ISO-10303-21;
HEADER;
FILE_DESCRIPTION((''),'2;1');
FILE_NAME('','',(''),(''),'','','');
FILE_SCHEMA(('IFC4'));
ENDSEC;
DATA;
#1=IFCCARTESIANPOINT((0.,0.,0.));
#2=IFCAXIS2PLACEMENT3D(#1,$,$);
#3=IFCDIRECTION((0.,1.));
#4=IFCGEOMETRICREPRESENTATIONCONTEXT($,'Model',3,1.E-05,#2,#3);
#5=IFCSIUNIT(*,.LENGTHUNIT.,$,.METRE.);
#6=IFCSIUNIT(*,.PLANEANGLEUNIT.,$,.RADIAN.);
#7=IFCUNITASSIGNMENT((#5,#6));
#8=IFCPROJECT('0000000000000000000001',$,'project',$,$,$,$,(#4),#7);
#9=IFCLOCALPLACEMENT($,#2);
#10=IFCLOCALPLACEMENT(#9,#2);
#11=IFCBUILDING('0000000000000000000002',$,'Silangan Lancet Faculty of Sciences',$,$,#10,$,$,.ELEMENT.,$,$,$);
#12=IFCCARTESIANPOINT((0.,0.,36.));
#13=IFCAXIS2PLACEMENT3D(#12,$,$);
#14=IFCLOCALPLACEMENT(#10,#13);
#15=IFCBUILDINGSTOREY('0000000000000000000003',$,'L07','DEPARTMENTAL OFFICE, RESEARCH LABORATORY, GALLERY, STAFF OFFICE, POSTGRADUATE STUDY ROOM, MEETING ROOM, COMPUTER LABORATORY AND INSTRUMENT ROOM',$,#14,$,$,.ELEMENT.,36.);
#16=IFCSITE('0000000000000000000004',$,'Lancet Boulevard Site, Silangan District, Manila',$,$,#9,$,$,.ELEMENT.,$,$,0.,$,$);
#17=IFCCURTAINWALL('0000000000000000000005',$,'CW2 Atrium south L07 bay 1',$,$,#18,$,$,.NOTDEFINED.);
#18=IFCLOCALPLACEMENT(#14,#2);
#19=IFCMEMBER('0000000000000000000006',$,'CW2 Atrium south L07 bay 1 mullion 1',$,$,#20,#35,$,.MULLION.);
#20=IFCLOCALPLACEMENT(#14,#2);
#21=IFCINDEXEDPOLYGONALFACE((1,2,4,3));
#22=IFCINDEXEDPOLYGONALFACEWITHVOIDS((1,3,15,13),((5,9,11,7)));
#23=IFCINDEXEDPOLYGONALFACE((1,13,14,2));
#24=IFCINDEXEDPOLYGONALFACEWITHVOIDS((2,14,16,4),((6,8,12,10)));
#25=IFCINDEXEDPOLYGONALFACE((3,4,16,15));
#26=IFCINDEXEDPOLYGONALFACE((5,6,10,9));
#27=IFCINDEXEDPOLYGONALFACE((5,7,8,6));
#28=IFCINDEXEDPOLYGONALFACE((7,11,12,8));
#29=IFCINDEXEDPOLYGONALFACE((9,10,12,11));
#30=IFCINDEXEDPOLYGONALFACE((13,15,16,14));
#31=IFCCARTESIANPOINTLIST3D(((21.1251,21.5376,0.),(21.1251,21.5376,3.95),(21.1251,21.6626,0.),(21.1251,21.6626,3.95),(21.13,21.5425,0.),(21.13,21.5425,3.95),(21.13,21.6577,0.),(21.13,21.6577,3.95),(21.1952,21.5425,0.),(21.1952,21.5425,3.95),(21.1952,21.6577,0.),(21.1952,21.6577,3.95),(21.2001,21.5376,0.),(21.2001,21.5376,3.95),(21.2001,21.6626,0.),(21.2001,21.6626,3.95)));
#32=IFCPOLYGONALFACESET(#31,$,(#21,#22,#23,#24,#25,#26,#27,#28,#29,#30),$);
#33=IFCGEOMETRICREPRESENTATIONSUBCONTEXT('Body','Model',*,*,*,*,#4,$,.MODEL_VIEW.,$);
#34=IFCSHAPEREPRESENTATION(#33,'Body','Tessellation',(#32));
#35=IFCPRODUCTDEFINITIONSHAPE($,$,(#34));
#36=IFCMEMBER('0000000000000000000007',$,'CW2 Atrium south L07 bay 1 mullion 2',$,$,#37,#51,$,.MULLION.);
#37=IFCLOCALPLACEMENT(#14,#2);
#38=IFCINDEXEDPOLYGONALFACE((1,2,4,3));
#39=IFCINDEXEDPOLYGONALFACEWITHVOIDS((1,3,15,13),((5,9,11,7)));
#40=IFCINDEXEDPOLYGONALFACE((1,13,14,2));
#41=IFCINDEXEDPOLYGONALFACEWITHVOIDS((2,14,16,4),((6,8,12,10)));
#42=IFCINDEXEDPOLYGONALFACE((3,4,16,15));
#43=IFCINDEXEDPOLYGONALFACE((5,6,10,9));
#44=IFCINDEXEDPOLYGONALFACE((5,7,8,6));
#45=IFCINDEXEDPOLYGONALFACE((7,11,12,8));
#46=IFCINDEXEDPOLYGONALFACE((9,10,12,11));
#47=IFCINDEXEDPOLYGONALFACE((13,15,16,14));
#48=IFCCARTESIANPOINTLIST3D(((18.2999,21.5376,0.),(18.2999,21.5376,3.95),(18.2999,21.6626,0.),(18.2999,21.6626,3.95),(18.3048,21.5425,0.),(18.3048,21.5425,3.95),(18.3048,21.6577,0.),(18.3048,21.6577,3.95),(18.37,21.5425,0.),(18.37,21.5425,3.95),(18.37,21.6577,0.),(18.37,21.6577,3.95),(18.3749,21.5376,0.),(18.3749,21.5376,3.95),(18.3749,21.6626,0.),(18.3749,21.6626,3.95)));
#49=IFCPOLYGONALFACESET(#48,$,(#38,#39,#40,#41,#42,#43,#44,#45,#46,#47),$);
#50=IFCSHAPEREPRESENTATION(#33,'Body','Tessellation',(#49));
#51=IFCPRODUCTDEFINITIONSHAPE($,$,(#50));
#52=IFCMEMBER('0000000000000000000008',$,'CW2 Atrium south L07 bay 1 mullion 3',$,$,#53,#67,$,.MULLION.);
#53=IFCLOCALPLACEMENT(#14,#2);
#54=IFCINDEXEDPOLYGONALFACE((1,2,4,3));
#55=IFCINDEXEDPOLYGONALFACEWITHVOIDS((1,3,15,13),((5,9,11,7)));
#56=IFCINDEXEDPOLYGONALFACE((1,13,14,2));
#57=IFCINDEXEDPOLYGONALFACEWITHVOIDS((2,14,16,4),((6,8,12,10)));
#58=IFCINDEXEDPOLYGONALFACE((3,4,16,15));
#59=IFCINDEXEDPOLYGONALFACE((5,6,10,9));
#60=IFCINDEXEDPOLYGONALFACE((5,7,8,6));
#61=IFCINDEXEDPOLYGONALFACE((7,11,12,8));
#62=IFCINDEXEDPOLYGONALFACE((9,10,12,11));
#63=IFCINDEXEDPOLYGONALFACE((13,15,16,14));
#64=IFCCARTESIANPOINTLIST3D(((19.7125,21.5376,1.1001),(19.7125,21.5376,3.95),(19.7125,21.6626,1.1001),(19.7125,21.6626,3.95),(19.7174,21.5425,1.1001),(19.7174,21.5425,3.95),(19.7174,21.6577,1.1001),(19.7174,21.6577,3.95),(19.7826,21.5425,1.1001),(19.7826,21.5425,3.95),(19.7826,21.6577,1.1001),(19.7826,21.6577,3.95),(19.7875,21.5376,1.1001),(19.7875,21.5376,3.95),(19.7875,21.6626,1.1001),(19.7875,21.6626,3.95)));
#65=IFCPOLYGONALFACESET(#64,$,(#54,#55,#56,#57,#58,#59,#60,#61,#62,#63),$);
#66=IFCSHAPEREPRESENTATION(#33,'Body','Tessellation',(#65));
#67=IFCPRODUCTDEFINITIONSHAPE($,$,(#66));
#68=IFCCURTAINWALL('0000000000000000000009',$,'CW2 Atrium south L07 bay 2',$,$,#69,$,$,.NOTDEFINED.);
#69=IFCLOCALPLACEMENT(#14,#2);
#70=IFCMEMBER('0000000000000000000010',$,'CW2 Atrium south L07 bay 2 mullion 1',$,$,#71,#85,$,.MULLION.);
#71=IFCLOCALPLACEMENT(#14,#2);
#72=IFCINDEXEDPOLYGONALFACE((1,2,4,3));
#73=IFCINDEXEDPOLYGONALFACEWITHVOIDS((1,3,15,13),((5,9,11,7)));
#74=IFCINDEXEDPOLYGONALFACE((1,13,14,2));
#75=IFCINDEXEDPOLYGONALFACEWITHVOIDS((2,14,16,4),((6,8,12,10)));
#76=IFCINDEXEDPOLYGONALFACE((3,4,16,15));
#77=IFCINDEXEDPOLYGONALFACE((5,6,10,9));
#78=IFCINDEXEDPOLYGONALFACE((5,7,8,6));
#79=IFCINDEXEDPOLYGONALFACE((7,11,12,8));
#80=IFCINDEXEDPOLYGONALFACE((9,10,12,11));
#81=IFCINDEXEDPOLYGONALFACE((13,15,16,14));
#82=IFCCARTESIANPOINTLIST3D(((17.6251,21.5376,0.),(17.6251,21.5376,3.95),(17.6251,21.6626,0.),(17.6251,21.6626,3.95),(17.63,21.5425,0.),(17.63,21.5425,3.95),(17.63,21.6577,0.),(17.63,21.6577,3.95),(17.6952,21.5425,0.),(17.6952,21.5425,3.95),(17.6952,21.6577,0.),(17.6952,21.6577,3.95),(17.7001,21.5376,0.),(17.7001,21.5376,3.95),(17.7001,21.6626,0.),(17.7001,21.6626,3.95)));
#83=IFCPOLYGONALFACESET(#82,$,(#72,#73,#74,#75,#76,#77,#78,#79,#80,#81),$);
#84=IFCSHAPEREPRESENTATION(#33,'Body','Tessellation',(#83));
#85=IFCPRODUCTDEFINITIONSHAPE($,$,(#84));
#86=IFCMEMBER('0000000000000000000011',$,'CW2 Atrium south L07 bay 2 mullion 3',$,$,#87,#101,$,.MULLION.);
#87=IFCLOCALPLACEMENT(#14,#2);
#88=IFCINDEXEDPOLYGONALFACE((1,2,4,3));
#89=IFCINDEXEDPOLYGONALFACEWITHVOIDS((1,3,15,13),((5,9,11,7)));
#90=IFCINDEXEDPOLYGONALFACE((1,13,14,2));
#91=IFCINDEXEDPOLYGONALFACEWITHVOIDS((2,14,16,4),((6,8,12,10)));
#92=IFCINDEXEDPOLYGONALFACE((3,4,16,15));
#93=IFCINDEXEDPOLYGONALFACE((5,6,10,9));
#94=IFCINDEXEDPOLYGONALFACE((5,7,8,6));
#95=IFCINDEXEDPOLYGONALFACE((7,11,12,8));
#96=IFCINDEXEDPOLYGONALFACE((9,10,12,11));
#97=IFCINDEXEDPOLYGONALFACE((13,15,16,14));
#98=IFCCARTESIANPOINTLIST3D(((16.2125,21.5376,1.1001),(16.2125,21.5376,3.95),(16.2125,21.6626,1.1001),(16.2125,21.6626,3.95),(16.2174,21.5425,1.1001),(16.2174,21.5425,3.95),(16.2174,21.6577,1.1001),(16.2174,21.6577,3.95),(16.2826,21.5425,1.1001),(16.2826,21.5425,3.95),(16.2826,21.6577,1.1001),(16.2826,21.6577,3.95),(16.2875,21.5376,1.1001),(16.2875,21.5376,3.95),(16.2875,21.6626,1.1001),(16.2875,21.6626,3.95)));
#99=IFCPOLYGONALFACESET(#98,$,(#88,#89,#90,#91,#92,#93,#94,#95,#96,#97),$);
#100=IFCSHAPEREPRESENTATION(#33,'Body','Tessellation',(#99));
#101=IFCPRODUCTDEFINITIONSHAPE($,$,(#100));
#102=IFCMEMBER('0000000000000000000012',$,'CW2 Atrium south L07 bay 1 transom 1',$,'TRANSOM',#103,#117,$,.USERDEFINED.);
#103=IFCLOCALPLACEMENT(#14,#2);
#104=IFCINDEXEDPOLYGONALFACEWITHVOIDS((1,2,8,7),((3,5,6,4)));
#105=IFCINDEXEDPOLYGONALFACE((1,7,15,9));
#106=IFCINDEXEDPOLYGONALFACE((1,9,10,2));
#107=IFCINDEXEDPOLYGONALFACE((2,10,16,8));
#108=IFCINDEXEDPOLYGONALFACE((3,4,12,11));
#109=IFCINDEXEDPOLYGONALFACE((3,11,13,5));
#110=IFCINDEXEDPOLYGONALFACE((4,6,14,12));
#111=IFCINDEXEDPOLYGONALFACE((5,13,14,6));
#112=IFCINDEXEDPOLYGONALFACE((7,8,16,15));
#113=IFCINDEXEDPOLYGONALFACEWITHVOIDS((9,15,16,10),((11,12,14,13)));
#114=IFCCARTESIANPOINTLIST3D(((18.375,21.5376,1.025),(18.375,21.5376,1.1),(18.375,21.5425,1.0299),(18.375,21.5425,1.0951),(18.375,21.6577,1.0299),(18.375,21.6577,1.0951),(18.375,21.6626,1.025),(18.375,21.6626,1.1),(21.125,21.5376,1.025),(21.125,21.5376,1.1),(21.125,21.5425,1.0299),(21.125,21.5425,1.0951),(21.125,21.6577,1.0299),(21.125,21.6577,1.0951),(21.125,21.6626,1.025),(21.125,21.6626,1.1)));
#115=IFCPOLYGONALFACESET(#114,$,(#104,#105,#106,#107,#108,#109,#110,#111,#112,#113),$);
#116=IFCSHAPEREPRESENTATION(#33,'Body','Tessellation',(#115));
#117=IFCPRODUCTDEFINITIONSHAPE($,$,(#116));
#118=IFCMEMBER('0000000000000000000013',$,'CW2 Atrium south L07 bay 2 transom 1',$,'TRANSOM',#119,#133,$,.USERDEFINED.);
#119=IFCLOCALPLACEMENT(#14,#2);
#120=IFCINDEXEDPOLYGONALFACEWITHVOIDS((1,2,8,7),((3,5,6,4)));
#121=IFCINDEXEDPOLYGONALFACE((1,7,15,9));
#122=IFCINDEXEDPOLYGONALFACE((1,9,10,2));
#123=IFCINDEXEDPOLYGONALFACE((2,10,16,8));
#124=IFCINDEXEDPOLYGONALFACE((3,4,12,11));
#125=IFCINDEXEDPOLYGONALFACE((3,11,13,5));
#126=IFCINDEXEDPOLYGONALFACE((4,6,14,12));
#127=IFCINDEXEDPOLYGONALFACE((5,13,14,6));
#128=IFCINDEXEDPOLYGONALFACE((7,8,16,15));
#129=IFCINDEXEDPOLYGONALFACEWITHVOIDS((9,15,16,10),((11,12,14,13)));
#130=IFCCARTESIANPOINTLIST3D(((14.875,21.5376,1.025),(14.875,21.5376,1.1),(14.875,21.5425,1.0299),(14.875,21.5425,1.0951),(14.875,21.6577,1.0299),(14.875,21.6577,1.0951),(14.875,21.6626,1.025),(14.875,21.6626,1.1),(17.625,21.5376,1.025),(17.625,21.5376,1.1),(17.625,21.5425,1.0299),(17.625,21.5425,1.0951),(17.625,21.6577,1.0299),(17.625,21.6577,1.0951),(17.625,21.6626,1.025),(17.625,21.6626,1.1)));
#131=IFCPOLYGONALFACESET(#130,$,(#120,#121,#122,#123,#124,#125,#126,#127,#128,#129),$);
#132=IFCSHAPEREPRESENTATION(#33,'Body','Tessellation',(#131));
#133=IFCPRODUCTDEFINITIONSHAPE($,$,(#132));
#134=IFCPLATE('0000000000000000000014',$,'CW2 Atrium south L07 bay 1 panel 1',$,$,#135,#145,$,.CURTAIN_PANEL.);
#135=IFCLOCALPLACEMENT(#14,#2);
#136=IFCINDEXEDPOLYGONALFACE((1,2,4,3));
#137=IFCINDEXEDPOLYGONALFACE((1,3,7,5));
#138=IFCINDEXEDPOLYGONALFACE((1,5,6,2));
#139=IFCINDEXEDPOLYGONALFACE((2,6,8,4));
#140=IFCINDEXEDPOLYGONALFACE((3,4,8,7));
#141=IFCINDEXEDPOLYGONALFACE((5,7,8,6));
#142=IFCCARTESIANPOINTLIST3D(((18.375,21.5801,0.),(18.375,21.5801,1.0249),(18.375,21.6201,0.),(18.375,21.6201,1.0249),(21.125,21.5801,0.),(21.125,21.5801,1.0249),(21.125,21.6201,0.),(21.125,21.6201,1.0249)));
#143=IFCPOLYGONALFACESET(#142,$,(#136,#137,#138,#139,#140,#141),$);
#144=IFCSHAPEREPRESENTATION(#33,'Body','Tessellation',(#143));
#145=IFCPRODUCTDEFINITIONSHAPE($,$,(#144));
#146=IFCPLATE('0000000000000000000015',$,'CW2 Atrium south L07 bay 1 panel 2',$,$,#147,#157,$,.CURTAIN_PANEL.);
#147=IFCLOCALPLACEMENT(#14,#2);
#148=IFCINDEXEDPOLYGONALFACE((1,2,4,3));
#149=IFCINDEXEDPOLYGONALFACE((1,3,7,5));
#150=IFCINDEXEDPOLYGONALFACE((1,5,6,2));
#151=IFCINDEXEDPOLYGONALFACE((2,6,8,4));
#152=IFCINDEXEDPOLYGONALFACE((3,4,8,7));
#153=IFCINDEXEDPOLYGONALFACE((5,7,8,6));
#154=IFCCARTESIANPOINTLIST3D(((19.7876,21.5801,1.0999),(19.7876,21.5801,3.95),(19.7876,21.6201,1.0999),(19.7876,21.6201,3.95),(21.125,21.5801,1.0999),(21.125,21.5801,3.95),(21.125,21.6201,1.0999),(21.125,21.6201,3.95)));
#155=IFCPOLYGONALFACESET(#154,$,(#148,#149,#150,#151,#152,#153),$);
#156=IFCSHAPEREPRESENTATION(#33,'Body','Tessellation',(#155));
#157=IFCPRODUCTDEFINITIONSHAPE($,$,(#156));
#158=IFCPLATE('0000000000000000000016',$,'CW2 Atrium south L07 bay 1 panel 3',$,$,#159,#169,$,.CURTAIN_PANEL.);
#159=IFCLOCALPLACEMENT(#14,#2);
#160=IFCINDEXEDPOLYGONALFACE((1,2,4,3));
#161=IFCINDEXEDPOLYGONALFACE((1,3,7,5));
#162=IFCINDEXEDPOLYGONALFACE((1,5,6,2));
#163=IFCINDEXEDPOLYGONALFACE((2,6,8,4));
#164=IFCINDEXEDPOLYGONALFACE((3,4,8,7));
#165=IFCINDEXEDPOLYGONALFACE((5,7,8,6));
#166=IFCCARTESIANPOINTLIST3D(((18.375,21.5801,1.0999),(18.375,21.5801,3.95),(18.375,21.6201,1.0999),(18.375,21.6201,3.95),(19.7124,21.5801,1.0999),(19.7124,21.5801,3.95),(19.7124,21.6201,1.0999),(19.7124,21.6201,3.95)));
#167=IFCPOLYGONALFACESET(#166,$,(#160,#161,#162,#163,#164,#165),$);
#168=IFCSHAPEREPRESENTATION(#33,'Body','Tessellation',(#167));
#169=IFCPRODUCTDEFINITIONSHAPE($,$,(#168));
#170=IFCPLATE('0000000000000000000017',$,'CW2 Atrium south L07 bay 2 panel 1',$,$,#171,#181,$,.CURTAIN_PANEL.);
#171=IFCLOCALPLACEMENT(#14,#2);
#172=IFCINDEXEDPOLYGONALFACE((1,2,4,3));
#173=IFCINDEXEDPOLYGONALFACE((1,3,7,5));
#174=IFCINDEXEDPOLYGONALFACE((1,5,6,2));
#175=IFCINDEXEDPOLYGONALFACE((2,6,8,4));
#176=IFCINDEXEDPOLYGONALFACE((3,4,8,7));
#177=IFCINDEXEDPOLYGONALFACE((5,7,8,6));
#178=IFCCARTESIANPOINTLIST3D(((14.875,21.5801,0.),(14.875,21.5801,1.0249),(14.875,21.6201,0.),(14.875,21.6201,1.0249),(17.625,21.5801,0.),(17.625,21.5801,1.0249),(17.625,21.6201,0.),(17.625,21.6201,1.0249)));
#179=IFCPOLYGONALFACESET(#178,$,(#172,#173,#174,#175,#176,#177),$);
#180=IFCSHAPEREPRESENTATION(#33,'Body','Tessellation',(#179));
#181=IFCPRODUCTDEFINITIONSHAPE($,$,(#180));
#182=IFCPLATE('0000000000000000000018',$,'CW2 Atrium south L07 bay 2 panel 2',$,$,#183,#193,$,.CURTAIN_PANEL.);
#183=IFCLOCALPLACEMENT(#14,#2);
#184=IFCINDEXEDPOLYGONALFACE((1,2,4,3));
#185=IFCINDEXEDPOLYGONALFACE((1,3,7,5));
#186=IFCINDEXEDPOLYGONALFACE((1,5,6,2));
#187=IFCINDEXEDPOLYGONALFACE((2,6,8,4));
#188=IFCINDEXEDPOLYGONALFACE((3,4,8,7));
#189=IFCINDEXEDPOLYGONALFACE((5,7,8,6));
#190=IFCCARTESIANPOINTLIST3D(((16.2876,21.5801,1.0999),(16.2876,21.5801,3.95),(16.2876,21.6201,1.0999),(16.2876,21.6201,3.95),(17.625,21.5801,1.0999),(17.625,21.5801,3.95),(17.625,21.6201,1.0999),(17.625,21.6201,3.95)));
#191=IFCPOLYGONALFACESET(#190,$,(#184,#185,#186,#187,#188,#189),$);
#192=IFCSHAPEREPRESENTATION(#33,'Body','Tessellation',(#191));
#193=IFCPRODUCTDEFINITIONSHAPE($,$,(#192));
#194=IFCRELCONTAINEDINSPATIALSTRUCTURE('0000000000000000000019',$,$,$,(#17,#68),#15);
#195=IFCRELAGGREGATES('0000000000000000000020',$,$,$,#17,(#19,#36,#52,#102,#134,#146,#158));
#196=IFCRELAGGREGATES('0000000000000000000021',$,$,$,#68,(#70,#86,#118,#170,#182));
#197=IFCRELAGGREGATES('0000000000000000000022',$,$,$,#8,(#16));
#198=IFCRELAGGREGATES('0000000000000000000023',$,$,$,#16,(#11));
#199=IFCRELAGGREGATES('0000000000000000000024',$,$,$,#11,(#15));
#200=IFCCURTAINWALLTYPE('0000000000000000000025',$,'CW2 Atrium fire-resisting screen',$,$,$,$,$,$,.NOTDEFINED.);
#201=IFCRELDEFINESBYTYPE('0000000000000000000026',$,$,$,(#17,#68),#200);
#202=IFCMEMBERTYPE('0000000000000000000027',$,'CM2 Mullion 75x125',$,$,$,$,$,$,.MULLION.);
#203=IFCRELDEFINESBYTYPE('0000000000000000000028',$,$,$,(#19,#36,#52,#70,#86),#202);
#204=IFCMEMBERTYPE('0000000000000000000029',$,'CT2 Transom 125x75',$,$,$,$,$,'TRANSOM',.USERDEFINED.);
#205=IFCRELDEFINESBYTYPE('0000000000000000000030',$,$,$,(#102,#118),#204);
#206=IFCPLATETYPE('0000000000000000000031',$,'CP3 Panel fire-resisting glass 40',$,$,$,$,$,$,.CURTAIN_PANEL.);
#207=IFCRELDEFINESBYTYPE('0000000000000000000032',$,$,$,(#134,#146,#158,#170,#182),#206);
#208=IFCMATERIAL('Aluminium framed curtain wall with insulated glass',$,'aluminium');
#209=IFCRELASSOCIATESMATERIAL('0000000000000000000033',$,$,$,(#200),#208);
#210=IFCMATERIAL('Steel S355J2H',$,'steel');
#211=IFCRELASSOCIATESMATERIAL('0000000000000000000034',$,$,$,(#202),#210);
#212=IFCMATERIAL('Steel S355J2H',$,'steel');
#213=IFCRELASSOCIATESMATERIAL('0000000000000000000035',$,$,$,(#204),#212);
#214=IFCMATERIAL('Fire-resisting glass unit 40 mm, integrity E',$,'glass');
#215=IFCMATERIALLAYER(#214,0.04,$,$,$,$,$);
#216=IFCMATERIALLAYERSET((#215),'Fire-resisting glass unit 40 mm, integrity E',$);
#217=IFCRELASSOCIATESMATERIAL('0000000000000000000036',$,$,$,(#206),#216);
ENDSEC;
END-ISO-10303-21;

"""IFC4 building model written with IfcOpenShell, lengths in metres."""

from ifc_helpers import new_model, si_unit, direction, frame, origin, origin_2d, place, context, subcontext, project, spatial, rectangle, hollow_rectangle, extrude, material, layer, layer_set, material_profile, profile_set, type_object, element, aggregate, save


model = new_model("IFC4")

# Units and contexts
model_context = context("Model", 3, precision=1e-05, world=origin(), true_north=direction((0.0, 1.0)))
body_context = subcontext(model_context, "Body", "Model", "MODEL_VIEW")
ifc_project = project(units=[si_unit("LENGTHUNIT", "METRE"), si_unit("PLANEANGLEUNIT", "RADIAN")], contexts=[model_context])

# Site, building, storey
site_placement = place(None, origin())
site = spatial("IfcSite", under=ifc_project, at=site_placement, Name="Lancet Boulevard Site, Silangan District, Manila", CompositionType="ELEMENT", RefElevation=0.0)
building_placement = place(site_placement, origin())
building = spatial("IfcBuilding", under=site, at=building_placement, Name="Silangan Lancet Faculty of Sciences", CompositionType="ELEMENT")
storey_placement = place(building_placement, frame((0.0, 0.0, 36.0)))
storey = spatial("IfcBuildingStorey", under=building, at=storey_placement, Name="L07", Description="DEPARTMENTAL OFFICE, RESEARCH LABORATORY, GALLERY, STAFF OFFICE, POSTGRADUATE STUDY ROOM, MEETING ROOM, COMPUTER LABORATORY AND INSTRUMENT ROOM", CompositionType="ELEMENT", Elevation=36.0)

# Curtain walls, members
ifc_material_1 = material(Name="Aluminium framed curtain wall with insulated glass", Category="aluminium")
curtain_wall_type = type_object("IfcCurtainWallType", Name="CW2 Atrium fire-resisting screen", PredefinedType="NOTDEFINED", material=ifc_material_1)
curtain_wall_1_placement = place(storey_placement, origin())
curtain_wall_1 = element("IfcCurtainWall", 1, at=curtain_wall_1_placement, inside=storey, type_object=curtain_wall_type, Name="CW2 Atrium south L07 bay 1", PredefinedType="NOTDEFINED")
ifc_material_2 = material(Name="Steel S355J2H", Category="steel")
ifc_material_profile_1 = material_profile(ifc_material_2, hollow_rectangle(XDim=0.075, YDim=0.125, WallThickness=0.0049, at=origin_2d()), Name="ST BOX 75x125x5")
ifc_profile_set_1 = profile_set([ifc_material_profile_1], Name="Steel S355J2H")
member_type_1 = type_object("IfcMemberType", Name="CM2 Mullion 75x125", PredefinedType="MULLION", material=ifc_profile_set_1)
member_1_placement = place(storey_placement, frame((21.1626, 21.6001, 0.0), z_axis=(0.0, 0.0, 1.0), x_axis=(-1.0, 0.0, 0.0)))
member_1 = element("IfcMember", 2, at=member_1_placement, type_object=member_type_1, Name="CW2 Atrium south L07 bay 1 mullion 1", PredefinedType="MULLION", context=body_context, shape_type="SweptSolid", body=[
    extrude(hollow_rectangle(XDim=0.075, YDim=0.125, WallThickness=0.0049, at=origin_2d()), origin(), (0.0, 0.0, 1.0), 3.95),
])
member_2_placement = place(storey_placement, frame((18.3374, 21.6001, 0.0), z_axis=(0.0, 0.0, 1.0), x_axis=(-1.0, 0.0, 0.0)))
member_2 = element("IfcMember", 3, at=member_2_placement, type_object=member_type_1, Name="CW2 Atrium south L07 bay 1 mullion 2", PredefinedType="MULLION", context=body_context, shape_type="SweptSolid", body=[
    extrude(hollow_rectangle(XDim=0.075, YDim=0.125, WallThickness=0.0049, at=origin_2d()), origin(), (0.0, 0.0, 1.0), 3.95),
])
member_3_placement = place(storey_placement, frame((19.75, 21.6001, 1.1001), z_axis=(0.0, 0.0, 1.0), x_axis=(-1.0, 0.0, 0.0)))
member_3 = element("IfcMember", 4, at=member_3_placement, type_object=member_type_1, Name="CW2 Atrium south L07 bay 1 mullion 3", PredefinedType="MULLION", context=body_context, shape_type="SweptSolid", body=[
    extrude(hollow_rectangle(XDim=0.075, YDim=0.125, WallThickness=0.0049, at=origin_2d()), origin(), (0.0, 0.0, 1.0), 2.8499),
])
curtain_wall_2_placement = place(storey_placement, origin())
curtain_wall_2 = element("IfcCurtainWall", 5, at=curtain_wall_2_placement, inside=storey, type_object=curtain_wall_type, Name="CW2 Atrium south L07 bay 2", PredefinedType="NOTDEFINED")
member_4_placement = place(storey_placement, frame((17.6626, 21.6001, 0.0), z_axis=(0.0, 0.0, 1.0), x_axis=(-1.0, 0.0, 0.0)))
member_4 = element("IfcMember", 6, at=member_4_placement, type_object=member_type_1, Name="CW2 Atrium south L07 bay 2 mullion 1", PredefinedType="MULLION", context=body_context, shape_type="SweptSolid", body=[
    extrude(hollow_rectangle(XDim=0.075, YDim=0.125, WallThickness=0.0049, at=origin_2d()), origin(), (0.0, 0.0, 1.0), 3.95),
])
member_5_placement = place(storey_placement, frame((16.25, 21.6001, 1.1001), z_axis=(0.0, 0.0, 1.0), x_axis=(-1.0, 0.0, 0.0)))
member_5 = element("IfcMember", 7, at=member_5_placement, type_object=member_type_1, Name="CW2 Atrium south L07 bay 2 mullion 3", PredefinedType="MULLION", context=body_context, shape_type="SweptSolid", body=[
    extrude(hollow_rectangle(XDim=0.075, YDim=0.125, WallThickness=0.0049, at=origin_2d()), origin(), (0.0, 0.0, 1.0), 2.8499),
])

# Members
ifc_material_3 = material(Name="Steel S355J2H", Category="steel")
ifc_material_profile_2 = material_profile(ifc_material_3, hollow_rectangle(XDim=0.125, YDim=0.075, WallThickness=0.0049, at=origin_2d()), Name="ST BOX 125x75x5")
ifc_profile_set_2 = profile_set([ifc_material_profile_2], Name="Steel S355J2H")
member_type_2 = type_object("IfcMemberType", Name="CT2 Transom 125x75", ElementType="TRANSOM", PredefinedType="USERDEFINED", material=ifc_profile_set_2)
member_6_placement = place(storey_placement, frame((21.125, 21.6001, 1.0625), z_axis=(-1.0, 0.0, 0.0), x_axis=(0.0, -1.0, 0.0)))
member_6 = element("IfcMember", 8, at=member_6_placement, type_object=member_type_2, Name="CW2 Atrium south L07 bay 1 transom 1", ObjectType="TRANSOM", PredefinedType="USERDEFINED", context=body_context, shape_type="SweptSolid", body=[
    extrude(hollow_rectangle(XDim=0.125, YDim=0.075, WallThickness=0.0049, at=origin_2d()), origin(), (0.0, 0.0, 1.0), 2.75),
])
member_7_placement = place(storey_placement, frame((17.625, 21.6001, 1.0625), z_axis=(-1.0, 0.0, 0.0), x_axis=(0.0, -1.0, 0.0)))
member_7 = element("IfcMember", 9, at=member_7_placement, type_object=member_type_2, Name="CW2 Atrium south L07 bay 2 transom 1", ObjectType="TRANSOM", PredefinedType="USERDEFINED", context=body_context, shape_type="SweptSolid", body=[
    extrude(hollow_rectangle(XDim=0.125, YDim=0.075, WallThickness=0.0049, at=origin_2d()), origin(), (0.0, 0.0, 1.0), 2.75),
])

# Plates
ifc_material_4 = material(Name="Fire-resisting glass unit 40 mm, integrity E", Category="glass")
ifc_layer_1 = layer(ifc_material_4, 0.04)
ifc_layer_set_1 = layer_set([ifc_layer_1], Name="Fire-resisting glass unit 40 mm, integrity E")
plate_type = type_object("IfcPlateType", Name="CP3 Panel fire-resisting glass 40", PredefinedType="CURTAIN_PANEL", material=ifc_layer_set_1)
plate_1_placement = place(storey_placement, frame((19.75, 21.6001, 0.0), z_axis=(0.0, 0.0, 1.0), x_axis=(-1.0, 0.0, 0.0)))
plate_1 = element("IfcPlate", 10, at=plate_1_placement, type_object=plate_type, Name="CW2 Atrium south L07 bay 1 panel 1", PredefinedType="CURTAIN_PANEL", context=body_context, shape_type="SweptSolid", body=[
    extrude(rectangle(XDim=2.75, YDim=0.04, at=origin_2d()), origin(), (0.0, 0.0, 1.0), 1.0249),
])
plate_2_placement = place(storey_placement, frame((20.4563, 21.6001, 1.0999), z_axis=(0.0, 0.0, 1.0), x_axis=(-1.0, 0.0, 0.0)))
plate_2 = element("IfcPlate", 11, at=plate_2_placement, type_object=plate_type, Name="CW2 Atrium south L07 bay 1 panel 2", PredefinedType="CURTAIN_PANEL", context=body_context, shape_type="SweptSolid", body=[
    extrude(rectangle(XDim=1.3374, YDim=0.04, at=origin_2d()), origin(), (0.0, 0.0, 1.0), 2.8501),
])
plate_3_placement = place(storey_placement, frame((19.0437, 21.6001, 1.0999), z_axis=(0.0, 0.0, 1.0), x_axis=(-1.0, 0.0, 0.0)))
plate_3 = element("IfcPlate", 12, at=plate_3_placement, type_object=plate_type, Name="CW2 Atrium south L07 bay 1 panel 3", PredefinedType="CURTAIN_PANEL", context=body_context, shape_type="SweptSolid", body=[
    extrude(rectangle(XDim=1.3374, YDim=0.04, at=origin_2d()), origin(), (0.0, 0.0, 1.0), 2.8501),
])
aggregate(curtain_wall_1, [member_1, member_2, member_3, member_6, plate_1, plate_2, plate_3])
plate_4_placement = place(storey_placement, frame((16.25, 21.6001, 0.0), z_axis=(0.0, 0.0, 1.0), x_axis=(-1.0, 0.0, 0.0)))
plate_4 = element("IfcPlate", 13, at=plate_4_placement, type_object=plate_type, Name="CW2 Atrium south L07 bay 2 panel 1", PredefinedType="CURTAIN_PANEL", context=body_context, shape_type="SweptSolid", body=[
    extrude(rectangle(XDim=2.75, YDim=0.04, at=origin_2d()), origin(), (0.0, 0.0, 1.0), 1.0249),
])
plate_5_placement = place(storey_placement, frame((16.9563, 21.6001, 1.0999), z_axis=(0.0, 0.0, 1.0), x_axis=(-1.0, 0.0, 0.0)))
plate_5 = element("IfcPlate", 14, at=plate_5_placement, type_object=plate_type, Name="CW2 Atrium south L07 bay 2 panel 2", PredefinedType="CURTAIN_PANEL", context=body_context, shape_type="SweptSolid", body=[
    extrude(rectangle(XDim=1.3374, YDim=0.04, at=origin_2d()), origin(), (0.0, 0.0, 1.0), 2.8501),
])
aggregate(curtain_wall_2, [member_4, member_5, member_7, plate_4, plate_5])

save(model, "model.ifc")
